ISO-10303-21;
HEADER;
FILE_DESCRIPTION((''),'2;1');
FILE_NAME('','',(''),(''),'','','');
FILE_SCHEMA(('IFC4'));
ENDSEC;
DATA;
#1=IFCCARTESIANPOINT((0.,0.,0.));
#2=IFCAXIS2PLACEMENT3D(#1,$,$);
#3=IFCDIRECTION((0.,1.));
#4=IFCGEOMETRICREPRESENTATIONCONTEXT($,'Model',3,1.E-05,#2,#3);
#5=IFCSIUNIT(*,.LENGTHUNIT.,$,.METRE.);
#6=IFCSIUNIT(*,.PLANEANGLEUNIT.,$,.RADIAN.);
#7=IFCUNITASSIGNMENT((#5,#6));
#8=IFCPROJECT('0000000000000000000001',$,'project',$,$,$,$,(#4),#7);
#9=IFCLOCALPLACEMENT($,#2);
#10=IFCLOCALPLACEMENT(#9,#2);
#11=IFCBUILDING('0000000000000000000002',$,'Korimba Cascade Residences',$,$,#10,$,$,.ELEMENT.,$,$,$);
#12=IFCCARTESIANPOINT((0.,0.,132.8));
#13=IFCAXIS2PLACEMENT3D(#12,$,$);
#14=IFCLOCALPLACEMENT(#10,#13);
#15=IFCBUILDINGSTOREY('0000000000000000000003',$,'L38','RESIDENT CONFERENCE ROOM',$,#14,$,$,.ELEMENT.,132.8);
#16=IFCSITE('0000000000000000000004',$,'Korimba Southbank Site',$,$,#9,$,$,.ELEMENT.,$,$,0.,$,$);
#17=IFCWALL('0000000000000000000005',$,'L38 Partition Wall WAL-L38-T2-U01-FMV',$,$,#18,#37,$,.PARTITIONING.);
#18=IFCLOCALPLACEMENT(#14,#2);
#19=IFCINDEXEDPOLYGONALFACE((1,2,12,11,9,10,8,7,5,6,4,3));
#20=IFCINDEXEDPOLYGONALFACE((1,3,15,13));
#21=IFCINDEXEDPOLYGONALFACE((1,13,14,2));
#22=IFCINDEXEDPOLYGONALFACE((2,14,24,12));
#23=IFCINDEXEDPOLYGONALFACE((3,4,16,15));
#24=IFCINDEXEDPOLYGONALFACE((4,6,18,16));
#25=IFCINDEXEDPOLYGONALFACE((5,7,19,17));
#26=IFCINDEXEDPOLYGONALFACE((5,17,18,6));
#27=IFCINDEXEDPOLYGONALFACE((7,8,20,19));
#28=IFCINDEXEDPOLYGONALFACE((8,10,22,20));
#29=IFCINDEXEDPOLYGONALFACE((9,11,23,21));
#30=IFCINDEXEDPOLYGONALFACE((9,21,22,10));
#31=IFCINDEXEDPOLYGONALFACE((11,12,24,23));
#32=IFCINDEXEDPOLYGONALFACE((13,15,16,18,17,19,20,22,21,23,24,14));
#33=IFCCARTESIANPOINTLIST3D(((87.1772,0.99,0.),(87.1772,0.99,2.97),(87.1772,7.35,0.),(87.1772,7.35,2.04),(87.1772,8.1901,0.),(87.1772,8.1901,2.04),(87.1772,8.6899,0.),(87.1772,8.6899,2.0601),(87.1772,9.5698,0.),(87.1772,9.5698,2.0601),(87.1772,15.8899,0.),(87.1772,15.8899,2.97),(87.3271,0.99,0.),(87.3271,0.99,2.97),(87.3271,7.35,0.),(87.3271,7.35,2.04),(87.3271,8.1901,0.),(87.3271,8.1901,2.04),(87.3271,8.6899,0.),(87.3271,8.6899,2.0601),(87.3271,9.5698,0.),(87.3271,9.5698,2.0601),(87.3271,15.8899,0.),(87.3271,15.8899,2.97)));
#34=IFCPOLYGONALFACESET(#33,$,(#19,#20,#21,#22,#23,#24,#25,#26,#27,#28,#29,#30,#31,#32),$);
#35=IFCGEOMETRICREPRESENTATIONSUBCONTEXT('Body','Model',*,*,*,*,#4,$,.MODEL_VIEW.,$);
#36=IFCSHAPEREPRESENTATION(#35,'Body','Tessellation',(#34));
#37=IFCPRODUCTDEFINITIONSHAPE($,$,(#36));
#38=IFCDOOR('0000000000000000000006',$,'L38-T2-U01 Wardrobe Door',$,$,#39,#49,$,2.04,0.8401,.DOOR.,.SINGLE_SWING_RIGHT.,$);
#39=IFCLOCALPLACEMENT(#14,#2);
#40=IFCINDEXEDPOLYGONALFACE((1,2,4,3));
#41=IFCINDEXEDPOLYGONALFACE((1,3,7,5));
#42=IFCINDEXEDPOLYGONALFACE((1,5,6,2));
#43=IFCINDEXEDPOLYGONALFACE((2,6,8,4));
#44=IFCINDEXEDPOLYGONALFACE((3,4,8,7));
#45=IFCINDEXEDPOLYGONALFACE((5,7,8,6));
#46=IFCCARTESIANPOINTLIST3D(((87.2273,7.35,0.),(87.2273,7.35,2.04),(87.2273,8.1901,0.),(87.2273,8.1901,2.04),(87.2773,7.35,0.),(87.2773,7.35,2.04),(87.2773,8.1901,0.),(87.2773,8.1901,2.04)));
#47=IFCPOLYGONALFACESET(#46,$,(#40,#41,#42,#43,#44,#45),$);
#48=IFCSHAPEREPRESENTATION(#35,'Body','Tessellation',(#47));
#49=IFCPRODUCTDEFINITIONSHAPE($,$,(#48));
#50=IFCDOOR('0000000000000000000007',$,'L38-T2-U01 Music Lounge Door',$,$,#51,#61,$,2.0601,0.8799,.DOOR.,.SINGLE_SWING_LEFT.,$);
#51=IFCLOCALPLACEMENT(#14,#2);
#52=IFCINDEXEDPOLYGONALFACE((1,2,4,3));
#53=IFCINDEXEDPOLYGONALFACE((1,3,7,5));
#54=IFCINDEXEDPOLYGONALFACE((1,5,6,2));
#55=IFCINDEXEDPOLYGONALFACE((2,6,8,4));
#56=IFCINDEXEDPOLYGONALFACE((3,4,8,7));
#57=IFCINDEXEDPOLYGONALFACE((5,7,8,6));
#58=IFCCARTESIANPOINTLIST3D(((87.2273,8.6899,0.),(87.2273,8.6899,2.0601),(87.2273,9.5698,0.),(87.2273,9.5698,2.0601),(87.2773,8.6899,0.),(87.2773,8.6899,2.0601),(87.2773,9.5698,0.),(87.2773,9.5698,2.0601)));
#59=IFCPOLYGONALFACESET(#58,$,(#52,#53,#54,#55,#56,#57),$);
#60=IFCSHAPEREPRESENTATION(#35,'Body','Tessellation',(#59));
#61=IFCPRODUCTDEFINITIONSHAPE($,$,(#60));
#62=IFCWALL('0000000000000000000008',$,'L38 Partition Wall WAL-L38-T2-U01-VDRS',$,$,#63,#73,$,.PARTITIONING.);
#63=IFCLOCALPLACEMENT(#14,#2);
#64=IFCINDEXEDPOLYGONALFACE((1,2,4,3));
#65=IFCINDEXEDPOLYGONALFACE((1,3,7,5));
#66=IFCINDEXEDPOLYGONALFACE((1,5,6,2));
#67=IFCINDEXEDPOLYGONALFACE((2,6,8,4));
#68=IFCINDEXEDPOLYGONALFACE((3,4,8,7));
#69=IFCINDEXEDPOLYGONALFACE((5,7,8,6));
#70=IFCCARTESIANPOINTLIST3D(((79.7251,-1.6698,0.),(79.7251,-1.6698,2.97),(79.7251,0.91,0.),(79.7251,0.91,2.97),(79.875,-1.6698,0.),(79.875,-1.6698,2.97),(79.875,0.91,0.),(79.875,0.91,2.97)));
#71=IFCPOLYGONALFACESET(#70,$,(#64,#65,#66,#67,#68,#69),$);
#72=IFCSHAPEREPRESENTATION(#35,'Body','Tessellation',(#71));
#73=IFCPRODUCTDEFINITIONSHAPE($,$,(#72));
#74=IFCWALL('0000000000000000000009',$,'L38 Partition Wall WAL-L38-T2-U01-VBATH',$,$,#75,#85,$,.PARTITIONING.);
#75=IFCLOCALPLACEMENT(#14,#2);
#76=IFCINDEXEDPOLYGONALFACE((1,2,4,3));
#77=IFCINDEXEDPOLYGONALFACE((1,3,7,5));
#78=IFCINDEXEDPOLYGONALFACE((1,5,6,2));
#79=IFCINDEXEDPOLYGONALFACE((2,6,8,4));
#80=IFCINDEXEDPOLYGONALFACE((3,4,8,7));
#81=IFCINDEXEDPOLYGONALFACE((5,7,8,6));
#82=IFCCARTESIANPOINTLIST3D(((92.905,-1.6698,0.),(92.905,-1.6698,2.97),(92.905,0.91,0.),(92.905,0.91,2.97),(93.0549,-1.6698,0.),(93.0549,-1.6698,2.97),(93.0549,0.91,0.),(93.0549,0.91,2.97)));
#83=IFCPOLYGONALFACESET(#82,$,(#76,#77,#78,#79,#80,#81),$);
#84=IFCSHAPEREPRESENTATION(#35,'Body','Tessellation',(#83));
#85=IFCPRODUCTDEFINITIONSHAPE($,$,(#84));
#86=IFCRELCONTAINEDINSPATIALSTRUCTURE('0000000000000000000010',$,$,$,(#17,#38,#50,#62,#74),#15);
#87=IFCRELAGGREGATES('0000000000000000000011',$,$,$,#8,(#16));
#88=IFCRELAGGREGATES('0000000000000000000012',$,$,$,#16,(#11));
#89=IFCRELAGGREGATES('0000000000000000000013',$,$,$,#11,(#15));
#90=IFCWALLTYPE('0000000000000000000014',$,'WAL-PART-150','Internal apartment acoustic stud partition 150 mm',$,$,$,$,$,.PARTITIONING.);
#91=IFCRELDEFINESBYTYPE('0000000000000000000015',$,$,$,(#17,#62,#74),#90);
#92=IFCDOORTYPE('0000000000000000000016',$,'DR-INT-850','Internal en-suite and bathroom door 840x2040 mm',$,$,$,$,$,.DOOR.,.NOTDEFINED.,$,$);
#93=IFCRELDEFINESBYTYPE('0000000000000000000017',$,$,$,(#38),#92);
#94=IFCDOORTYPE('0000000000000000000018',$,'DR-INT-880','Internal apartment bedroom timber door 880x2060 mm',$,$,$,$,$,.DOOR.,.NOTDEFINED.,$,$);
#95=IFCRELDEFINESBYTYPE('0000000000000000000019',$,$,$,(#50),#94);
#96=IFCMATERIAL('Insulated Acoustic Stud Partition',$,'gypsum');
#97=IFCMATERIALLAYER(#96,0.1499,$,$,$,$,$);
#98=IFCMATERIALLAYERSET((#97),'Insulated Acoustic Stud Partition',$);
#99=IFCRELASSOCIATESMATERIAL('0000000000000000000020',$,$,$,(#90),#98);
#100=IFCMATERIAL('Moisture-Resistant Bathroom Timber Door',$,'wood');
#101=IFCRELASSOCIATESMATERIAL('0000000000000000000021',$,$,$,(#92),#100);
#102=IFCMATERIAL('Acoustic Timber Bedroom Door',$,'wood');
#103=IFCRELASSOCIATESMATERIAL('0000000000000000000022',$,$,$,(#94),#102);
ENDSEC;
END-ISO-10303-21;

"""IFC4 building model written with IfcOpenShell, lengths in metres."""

from ifc_helpers import new_model, si_unit, direction, frame, frame_2d, origin, place, context, subcontext, project, spatial, rectangle, extrude, material, layer, layer_set, type_object, element, fill, save


model = new_model("IFC4")

# Units and contexts
model_context = context("Model", 3, precision=1e-05, world=origin(), true_north=direction((0.0, 1.0)))
body_context = subcontext(model_context, "Body", "Model", "MODEL_VIEW")
ifc_project = project(units=[si_unit("LENGTHUNIT", "METRE"), si_unit("PLANEANGLEUNIT", "RADIAN")], contexts=[model_context])

# Site, building, storey
site_placement = place(None, origin())
site = spatial("IfcSite", under=ifc_project, at=site_placement, Name="Korimba Southbank Site", CompositionType="ELEMENT", RefElevation=0.0)
building_placement = place(site_placement, origin())
building = spatial("IfcBuilding", under=site, at=building_placement, Name="Korimba Cascade Residences", CompositionType="ELEMENT")
storey_placement = place(building_placement, frame((0.0, 0.0, 132.8)))
storey = spatial("IfcBuildingStorey", under=building, at=storey_placement, Name="L38", Description="RESIDENT CONFERENCE ROOM", CompositionType="ELEMENT", Elevation=132.8)

# Shared definitions
ifc_material_1 = material(Name="Insulated Acoustic Stud Partition", Category="gypsum")
ifc_layer_1 = layer(ifc_material_1, 0.1499)
ifc_layer_set_1 = layer_set([ifc_layer_1], Name="Insulated Acoustic Stud Partition")
wall_type_1 = type_object("IfcWallType", Name="WAL-PART-150", Description="Internal apartment acoustic stud partition 150 mm", PredefinedType="PARTITIONING", material=ifc_layer_set_1)

# Wall, openings, doors
wall_1_placement = place(storey_placement, frame((87.2522, 0.99, 0.0), z_axis=(0.0, 0.0, 1.0), x_axis=(0.0, 1.0, 0.0)))
wall_1 = element("IfcWall", 1, at=wall_1_placement, inside=storey, type_object=wall_type_1, Name="L38 Partition Wall WAL-L38-T2-U01-FMV", PredefinedType="PARTITIONING", context=body_context, shape_type="SweptSolid", body=[
    extrude(rectangle(XDim=14.8999, YDim=0.1499, at=frame_2d((7.45, 0.0))), origin(), (0.0, 0.0, 1.0), 2.97),
])
opening_1_placement = place(wall_1_placement, frame((6.3601, 0.0, 0.0)))
opening_1 = element("IfcOpeningElement", 2, at=opening_1_placement, cuts=wall_1, PredefinedType="OPENING", context=body_context, shape_type="SweptSolid", body=[
    extrude(rectangle(XDim=0.8401, YDim=2.04, at=frame_2d((0.4199, 1.02))), frame((0.0, 0.085, 0.0), z_axis=(0.0, -1.0, 0.0), x_axis=(1.0, 0.0, 0.0)), (0.0, 0.0, 1.0), 0.1699),
])
opening_2_placement = place(wall_1_placement, frame((7.7, 0.0, 0.0)))
opening_2 = element("IfcOpeningElement", 3, at=opening_2_placement, cuts=wall_1, PredefinedType="OPENING", context=body_context, shape_type="SweptSolid", body=[
    extrude(rectangle(XDim=0.8799, YDim=2.0601, at=frame_2d((0.4399, 1.03))), frame((0.0, 0.085, 0.0), z_axis=(0.0, -1.0, 0.0), x_axis=(1.0, 0.0, 0.0)), (0.0, 0.0, 1.0), 0.1699),
])
ifc_material_2 = material(Name="Moisture-Resistant Bathroom Timber Door", Category="wood")
door_type_1 = type_object("IfcDoorType", Name="DR-INT-850", Description="Internal en-suite and bathroom door 840x2040 mm", OperationType="NOTDEFINED", PredefinedType="DOOR", material=ifc_material_2)
door_1_placement = place(opening_1_placement, origin())
door_1 = element("IfcDoor", 4, at=door_1_placement, inside=storey, type_object=door_type_1, Name="L38-T2-U01 Wardrobe Door", OperationType="SINGLE_SWING_RIGHT", OverallHeight=2.04, OverallWidth=0.8401, PredefinedType="DOOR", context=body_context, shape_type="SweptSolid", body=[
    extrude(rectangle(XDim=0.8401, YDim=2.04, at=frame_2d((0.4199, 1.02))), frame((0.0, 0.0249, 0.0), z_axis=(0.0, -1.0, 0.0), x_axis=(1.0, 0.0, 0.0)), (0.0, 0.0, 1.0), 0.05),
])
fill(opening_1, door_1)
ifc_material_3 = material(Name="Acoustic Timber Bedroom Door", Category="wood")
door_type_2 = type_object("IfcDoorType", Name="DR-INT-880", Description="Internal apartment bedroom timber door 880x2060 mm", OperationType="NOTDEFINED", PredefinedType="DOOR", material=ifc_material_3)
door_2_placement = place(opening_2_placement, origin())
door_2 = element("IfcDoor", 5, at=door_2_placement, inside=storey, type_object=door_type_2, Name="L38-T2-U01 Music Lounge Door", OperationType="SINGLE_SWING_LEFT", OverallHeight=2.0601, OverallWidth=0.8799, PredefinedType="DOOR", context=body_context, shape_type="SweptSolid", body=[
    extrude(rectangle(XDim=0.8799, YDim=2.0601, at=frame_2d((0.4399, 1.03))), frame((0.0, 0.0249, 0.0), z_axis=(0.0, -1.0, 0.0), x_axis=(1.0, 0.0, 0.0)), (0.0, 0.0, 1.0), 0.05),
])
fill(opening_2, door_2)

# Walls
for number, where, z_axis, x_axis, name in (
    (6, (79.8, -1.6699, 0.0), (0.0, 0.0, 1.0), (0.0, 1.0, 0.0), "L38 Partition Wall WAL-L38-T2-U01-VDRS"),
    (7, (92.98, -1.6699, 0.0), (0.0, 0.0, 1.0), (0.0, 1.0, 0.0), "L38 Partition Wall WAL-L38-T2-U01-VBATH"),
):
    element("IfcWall", number, at=place(storey_placement, frame(where, z_axis=z_axis, x_axis=x_axis)), inside=storey, type_object=wall_type_1, Name=name, PredefinedType="PARTITIONING", context=body_context, shape_type="SweptSolid", body=[
        extrude(rectangle(XDim=2.5798, YDim=0.1499, at=frame_2d((1.29, 0.0))), origin(), (0.0, 0.0, 1.0), 2.97),
    ])

save(model, "model.ifc")
